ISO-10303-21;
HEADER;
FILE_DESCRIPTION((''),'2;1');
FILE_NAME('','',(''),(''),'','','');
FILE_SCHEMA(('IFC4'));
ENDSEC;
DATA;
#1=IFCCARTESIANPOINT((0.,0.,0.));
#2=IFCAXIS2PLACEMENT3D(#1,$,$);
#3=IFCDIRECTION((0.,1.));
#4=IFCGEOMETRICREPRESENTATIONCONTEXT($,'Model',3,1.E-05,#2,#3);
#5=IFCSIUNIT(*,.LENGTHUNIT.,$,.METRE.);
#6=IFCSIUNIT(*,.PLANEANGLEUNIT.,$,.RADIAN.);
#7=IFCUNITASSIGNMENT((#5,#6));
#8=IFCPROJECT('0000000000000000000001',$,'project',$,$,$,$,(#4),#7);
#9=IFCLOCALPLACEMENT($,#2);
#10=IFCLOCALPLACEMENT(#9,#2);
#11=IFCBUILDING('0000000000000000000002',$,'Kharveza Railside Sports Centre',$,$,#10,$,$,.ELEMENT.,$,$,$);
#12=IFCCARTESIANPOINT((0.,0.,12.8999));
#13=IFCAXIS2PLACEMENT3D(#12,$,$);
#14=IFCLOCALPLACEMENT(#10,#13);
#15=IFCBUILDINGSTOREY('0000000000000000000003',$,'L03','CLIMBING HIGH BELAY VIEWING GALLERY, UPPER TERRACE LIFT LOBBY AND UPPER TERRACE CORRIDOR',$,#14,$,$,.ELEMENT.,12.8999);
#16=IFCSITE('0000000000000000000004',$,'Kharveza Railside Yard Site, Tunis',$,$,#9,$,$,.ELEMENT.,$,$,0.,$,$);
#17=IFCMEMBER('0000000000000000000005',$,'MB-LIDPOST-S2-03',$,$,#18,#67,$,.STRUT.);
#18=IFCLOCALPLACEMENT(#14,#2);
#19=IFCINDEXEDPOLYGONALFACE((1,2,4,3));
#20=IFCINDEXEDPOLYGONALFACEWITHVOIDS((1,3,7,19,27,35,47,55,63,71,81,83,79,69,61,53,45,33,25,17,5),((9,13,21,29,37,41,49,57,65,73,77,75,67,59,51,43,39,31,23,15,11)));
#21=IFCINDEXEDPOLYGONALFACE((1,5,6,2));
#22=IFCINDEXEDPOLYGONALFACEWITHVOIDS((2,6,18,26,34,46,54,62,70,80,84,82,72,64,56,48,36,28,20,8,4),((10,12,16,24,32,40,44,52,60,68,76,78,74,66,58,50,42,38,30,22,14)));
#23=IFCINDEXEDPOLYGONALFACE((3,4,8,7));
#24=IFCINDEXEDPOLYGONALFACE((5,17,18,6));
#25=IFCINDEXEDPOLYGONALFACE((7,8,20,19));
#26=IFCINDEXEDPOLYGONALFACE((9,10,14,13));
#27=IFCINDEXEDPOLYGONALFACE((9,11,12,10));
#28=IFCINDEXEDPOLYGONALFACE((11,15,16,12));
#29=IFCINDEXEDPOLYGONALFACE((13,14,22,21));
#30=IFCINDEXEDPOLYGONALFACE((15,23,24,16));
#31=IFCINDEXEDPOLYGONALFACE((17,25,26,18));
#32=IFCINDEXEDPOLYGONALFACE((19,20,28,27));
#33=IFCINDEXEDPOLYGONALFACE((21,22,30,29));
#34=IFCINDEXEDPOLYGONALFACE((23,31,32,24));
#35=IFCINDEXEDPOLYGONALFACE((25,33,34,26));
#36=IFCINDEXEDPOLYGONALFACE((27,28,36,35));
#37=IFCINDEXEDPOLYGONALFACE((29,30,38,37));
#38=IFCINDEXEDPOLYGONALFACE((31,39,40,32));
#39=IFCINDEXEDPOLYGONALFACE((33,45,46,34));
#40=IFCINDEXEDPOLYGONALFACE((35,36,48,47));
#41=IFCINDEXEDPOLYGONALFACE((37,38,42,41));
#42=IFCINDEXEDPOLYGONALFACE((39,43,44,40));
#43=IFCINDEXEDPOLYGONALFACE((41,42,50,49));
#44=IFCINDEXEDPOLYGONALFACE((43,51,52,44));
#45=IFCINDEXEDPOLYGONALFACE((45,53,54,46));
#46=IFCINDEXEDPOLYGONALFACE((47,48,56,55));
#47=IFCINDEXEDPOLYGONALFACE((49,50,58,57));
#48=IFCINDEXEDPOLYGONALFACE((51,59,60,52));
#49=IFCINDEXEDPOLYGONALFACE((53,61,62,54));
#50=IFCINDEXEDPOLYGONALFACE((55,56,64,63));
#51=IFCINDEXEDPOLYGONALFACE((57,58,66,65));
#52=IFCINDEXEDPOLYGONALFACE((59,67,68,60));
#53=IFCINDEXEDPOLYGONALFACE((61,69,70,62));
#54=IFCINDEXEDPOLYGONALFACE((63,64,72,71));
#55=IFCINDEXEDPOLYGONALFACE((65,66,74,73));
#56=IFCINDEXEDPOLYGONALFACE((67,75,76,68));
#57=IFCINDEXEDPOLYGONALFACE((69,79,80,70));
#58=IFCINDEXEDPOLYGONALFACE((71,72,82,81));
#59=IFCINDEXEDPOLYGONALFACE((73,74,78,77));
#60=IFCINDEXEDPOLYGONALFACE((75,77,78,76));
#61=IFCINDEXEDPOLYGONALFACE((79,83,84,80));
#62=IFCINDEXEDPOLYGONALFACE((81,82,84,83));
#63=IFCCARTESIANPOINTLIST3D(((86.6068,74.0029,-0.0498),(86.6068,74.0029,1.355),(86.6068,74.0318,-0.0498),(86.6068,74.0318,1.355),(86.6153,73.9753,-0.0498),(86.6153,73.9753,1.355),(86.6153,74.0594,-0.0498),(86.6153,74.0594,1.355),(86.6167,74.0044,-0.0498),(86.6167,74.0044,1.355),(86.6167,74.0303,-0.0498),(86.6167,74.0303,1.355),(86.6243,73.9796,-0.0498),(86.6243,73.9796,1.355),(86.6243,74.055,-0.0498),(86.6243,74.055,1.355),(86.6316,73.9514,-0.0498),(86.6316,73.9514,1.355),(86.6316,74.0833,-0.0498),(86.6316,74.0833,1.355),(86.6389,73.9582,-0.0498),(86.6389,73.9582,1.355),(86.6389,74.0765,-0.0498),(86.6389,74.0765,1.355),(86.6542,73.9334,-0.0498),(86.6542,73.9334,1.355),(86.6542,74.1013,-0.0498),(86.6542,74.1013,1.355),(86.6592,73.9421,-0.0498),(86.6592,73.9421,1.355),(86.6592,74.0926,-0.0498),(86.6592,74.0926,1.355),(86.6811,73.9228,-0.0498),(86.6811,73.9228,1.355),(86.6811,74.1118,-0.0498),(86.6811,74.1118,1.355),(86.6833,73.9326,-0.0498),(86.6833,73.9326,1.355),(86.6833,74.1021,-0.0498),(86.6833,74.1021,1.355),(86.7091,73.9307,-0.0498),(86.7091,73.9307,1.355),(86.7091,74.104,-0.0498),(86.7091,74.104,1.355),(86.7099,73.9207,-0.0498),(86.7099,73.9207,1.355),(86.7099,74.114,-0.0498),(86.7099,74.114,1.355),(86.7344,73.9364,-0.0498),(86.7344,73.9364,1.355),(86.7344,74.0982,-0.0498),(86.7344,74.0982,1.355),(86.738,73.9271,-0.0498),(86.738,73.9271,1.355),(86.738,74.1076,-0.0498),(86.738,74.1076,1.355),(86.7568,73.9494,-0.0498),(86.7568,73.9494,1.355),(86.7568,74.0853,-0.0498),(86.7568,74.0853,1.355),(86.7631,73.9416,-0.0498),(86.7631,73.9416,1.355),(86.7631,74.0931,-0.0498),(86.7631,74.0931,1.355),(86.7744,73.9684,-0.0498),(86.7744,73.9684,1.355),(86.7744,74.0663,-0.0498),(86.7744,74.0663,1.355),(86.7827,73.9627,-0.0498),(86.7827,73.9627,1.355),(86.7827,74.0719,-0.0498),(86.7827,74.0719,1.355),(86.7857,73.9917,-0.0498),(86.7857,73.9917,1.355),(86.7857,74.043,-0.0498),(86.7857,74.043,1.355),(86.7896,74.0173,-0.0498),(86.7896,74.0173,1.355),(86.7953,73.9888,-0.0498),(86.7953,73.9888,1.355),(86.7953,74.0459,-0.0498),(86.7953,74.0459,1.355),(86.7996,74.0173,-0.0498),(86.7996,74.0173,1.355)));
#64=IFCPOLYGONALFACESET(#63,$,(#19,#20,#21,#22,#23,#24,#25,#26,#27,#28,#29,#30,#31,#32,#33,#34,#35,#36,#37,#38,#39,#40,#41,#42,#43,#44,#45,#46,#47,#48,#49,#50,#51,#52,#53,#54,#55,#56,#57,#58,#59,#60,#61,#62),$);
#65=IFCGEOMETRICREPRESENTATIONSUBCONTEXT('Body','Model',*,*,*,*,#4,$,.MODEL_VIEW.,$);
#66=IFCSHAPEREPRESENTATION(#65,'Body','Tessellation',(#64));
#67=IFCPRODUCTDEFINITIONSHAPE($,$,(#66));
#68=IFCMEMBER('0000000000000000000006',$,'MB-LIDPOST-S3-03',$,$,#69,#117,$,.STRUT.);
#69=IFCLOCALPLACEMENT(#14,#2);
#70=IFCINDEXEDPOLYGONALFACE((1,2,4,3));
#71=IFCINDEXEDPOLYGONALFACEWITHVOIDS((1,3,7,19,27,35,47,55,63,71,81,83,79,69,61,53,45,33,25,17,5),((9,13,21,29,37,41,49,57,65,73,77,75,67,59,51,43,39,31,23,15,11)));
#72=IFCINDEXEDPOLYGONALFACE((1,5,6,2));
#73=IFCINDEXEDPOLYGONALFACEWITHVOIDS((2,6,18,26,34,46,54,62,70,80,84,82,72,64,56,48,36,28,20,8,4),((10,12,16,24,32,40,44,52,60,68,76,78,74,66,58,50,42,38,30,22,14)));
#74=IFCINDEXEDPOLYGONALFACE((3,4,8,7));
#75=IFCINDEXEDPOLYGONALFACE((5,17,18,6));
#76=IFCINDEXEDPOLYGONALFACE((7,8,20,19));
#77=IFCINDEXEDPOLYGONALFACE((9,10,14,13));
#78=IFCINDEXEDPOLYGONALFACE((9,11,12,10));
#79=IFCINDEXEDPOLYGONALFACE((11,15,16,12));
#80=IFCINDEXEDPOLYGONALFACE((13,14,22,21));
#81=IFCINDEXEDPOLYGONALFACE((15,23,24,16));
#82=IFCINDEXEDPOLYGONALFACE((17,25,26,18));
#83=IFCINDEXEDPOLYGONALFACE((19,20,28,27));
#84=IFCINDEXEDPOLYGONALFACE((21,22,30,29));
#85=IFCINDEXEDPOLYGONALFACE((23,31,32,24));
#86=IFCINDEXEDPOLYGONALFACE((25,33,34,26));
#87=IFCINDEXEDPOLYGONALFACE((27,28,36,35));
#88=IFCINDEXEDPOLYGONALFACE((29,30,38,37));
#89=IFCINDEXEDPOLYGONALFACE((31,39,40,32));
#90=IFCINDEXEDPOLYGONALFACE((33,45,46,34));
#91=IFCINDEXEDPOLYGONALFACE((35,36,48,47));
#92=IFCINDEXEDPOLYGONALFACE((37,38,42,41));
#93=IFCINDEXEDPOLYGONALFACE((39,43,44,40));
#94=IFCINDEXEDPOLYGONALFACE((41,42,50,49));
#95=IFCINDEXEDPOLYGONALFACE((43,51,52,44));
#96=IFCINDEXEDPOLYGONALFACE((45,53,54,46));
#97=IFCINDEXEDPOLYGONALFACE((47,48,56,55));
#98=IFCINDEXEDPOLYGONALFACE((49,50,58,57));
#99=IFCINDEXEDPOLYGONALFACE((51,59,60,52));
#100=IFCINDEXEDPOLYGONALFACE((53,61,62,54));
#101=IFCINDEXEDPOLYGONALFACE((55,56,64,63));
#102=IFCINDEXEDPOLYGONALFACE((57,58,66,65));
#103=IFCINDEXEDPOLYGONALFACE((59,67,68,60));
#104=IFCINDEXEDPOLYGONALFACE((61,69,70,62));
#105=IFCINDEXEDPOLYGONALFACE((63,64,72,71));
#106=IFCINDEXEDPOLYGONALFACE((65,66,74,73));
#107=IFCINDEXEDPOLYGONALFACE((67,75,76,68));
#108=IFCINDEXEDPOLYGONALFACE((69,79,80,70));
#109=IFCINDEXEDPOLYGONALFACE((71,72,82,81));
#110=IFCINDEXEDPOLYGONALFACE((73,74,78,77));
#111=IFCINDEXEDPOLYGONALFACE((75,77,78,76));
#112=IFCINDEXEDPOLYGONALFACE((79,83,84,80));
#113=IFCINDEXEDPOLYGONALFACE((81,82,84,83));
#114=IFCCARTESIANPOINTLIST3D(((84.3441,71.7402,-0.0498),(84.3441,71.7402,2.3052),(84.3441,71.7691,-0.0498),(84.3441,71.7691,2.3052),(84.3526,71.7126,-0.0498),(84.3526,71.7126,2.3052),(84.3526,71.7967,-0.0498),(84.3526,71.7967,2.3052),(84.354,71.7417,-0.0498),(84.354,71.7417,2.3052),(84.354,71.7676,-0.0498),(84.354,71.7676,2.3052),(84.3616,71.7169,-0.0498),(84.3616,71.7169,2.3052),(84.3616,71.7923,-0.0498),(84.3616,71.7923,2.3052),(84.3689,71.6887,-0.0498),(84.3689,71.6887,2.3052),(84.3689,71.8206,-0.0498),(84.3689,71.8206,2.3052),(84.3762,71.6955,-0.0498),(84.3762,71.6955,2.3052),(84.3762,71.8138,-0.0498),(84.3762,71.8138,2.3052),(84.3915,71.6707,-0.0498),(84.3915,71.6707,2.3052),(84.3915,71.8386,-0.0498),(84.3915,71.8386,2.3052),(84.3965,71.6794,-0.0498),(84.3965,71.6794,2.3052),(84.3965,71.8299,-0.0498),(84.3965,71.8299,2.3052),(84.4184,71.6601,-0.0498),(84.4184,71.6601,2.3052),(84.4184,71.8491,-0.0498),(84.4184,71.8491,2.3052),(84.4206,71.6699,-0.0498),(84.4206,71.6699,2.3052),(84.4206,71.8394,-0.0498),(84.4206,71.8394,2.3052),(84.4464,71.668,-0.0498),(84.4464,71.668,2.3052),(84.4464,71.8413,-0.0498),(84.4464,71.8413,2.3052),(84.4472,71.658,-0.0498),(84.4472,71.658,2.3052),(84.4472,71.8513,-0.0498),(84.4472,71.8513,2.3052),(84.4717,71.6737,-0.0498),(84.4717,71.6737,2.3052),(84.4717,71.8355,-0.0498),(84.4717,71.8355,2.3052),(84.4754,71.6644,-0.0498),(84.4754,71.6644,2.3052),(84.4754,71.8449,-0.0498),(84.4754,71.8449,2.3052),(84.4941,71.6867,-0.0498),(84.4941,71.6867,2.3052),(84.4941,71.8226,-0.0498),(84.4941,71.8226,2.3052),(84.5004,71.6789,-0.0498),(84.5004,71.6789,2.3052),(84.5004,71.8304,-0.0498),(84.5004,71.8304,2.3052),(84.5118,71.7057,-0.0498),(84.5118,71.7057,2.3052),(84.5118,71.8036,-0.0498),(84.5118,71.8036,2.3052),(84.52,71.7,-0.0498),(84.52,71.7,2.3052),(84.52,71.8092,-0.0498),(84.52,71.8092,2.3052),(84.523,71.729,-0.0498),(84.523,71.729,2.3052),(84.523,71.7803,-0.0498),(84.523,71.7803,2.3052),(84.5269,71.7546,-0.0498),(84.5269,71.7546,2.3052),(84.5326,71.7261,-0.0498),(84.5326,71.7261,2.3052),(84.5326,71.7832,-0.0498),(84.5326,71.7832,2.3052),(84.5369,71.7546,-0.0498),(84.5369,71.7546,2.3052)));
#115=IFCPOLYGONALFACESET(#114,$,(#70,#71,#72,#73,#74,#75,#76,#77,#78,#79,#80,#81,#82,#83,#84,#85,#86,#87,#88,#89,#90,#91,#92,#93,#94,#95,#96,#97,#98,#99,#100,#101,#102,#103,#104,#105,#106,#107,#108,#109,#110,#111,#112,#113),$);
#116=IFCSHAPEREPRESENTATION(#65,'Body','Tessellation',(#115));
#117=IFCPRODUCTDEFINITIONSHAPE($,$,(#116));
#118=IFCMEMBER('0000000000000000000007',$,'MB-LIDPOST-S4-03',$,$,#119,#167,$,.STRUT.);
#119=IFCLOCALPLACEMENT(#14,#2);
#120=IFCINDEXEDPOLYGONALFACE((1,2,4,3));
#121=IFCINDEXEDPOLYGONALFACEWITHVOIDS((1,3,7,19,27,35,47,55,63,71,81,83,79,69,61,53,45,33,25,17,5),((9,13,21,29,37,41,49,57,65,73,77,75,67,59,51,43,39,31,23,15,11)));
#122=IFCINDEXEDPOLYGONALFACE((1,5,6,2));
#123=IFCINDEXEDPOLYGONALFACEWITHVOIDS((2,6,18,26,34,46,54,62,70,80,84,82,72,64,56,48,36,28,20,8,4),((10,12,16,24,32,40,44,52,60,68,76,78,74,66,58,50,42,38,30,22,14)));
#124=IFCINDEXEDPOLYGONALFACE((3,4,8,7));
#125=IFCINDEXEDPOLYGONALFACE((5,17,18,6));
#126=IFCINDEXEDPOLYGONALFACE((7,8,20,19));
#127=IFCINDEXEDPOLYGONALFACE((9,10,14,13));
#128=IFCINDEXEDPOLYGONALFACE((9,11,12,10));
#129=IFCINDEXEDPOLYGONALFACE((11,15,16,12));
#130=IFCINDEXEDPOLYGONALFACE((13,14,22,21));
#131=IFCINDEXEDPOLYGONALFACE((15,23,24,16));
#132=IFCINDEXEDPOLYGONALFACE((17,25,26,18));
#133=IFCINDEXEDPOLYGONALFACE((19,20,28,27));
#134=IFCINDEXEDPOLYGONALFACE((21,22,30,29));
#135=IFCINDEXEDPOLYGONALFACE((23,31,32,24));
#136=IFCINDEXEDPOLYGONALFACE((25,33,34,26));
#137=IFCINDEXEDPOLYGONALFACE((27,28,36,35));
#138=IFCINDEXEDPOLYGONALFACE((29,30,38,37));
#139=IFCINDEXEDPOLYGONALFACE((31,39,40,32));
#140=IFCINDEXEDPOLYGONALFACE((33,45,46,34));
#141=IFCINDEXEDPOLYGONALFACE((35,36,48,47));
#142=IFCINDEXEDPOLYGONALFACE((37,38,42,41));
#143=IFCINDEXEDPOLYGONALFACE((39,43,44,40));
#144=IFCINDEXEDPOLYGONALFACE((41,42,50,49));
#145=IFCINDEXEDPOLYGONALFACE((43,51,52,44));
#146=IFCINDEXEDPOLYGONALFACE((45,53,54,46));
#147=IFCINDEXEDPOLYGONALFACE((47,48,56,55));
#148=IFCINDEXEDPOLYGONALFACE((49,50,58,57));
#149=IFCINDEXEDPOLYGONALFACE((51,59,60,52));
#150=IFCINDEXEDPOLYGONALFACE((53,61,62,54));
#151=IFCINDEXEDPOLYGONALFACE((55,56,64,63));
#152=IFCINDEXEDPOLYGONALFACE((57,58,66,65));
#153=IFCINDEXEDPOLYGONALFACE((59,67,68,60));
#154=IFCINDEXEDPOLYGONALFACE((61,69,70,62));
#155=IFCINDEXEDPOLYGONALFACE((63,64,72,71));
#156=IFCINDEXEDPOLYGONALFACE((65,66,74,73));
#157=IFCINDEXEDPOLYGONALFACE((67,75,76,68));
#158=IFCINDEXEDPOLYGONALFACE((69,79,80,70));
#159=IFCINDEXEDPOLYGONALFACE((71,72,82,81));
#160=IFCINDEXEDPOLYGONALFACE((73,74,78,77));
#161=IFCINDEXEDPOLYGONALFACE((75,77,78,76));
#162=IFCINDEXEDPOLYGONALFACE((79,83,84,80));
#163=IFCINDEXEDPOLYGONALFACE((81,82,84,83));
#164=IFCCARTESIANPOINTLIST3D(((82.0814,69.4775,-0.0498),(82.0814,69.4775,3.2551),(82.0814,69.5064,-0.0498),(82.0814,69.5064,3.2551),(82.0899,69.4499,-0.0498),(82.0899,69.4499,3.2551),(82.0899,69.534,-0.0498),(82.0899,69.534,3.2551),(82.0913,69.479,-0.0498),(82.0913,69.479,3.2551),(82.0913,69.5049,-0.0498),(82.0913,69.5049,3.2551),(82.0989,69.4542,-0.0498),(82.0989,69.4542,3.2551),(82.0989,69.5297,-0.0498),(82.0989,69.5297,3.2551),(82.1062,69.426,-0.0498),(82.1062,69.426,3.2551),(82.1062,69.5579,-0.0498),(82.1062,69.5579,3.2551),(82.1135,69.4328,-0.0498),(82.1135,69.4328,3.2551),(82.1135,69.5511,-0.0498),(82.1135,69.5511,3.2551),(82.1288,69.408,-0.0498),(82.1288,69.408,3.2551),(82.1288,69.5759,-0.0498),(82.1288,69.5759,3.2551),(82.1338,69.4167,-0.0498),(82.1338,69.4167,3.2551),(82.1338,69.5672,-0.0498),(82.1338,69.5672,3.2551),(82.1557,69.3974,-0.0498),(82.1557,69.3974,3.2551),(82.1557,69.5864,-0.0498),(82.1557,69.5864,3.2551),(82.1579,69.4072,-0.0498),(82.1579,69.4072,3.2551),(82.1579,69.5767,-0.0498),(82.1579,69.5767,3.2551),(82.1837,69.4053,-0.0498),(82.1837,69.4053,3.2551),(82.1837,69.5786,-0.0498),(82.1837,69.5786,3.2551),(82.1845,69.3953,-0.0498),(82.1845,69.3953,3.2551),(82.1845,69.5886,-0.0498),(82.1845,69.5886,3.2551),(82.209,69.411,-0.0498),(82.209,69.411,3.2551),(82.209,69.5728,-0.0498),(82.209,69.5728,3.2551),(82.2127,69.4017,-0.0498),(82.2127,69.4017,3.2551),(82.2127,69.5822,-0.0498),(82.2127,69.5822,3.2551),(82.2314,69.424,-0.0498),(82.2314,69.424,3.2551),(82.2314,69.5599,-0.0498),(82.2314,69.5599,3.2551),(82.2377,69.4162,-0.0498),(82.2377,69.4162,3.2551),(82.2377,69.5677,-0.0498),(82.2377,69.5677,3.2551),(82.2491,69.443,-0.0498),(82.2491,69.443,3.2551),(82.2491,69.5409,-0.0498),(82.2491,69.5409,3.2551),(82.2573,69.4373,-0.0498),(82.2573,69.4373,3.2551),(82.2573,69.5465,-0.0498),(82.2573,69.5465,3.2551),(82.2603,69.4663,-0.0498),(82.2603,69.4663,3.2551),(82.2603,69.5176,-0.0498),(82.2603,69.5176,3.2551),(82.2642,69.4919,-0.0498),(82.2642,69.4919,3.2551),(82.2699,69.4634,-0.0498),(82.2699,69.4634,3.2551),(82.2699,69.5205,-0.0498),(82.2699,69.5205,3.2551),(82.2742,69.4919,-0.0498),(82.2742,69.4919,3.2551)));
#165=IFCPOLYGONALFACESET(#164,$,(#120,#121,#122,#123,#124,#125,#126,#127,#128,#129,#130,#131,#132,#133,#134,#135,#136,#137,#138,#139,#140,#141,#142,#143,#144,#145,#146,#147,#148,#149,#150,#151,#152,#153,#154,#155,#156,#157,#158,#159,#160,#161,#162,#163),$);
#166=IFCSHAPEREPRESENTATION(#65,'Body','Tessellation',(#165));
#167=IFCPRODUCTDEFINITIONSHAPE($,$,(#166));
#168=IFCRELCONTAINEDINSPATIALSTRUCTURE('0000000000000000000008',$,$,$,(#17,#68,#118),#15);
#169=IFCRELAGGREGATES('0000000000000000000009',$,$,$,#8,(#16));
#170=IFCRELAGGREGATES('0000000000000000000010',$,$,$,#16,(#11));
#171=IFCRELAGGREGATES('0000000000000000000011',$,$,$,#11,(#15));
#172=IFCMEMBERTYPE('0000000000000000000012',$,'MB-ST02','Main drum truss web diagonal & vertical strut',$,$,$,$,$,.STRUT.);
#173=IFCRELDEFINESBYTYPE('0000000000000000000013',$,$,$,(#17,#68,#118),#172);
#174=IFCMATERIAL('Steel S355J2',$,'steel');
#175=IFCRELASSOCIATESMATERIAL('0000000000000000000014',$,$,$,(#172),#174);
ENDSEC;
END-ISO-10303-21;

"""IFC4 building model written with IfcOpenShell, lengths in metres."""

from ifc_helpers import new_model, si_unit, direction, frame, origin, origin_2d, place, context, subcontext, project, spatial, hollow_circle, extrude, material, material_profile, profile_set, type_object, element, save


model = new_model("IFC4")

# Units and contexts
model_context = context("Model", 3, precision=1e-05, world=origin(), true_north=direction((0.0, 1.0)))
body_context = subcontext(model_context, "Body", "Model", "MODEL_VIEW")
ifc_project = project(units=[si_unit("LENGTHUNIT", "METRE"), si_unit("PLANEANGLEUNIT", "RADIAN")], contexts=[model_context])

# Site, building, storey
site_placement = place(None, origin())
site = spatial("IfcSite", under=ifc_project, at=site_placement, Name="Kharveza Railside Yard Site, Tunis", CompositionType="ELEMENT", RefElevation=0.0)
building_placement = place(site_placement, origin())
building = spatial("IfcBuilding", under=site, at=building_placement, Name="Kharveza Railside Sports Centre", CompositionType="ELEMENT")
storey_placement = place(building_placement, frame((0.0, 0.0, 12.8999)))
storey = spatial("IfcBuildingStorey", under=building, at=storey_placement, Name="L03", Description="CLIMBING HIGH BELAY VIEWING GALLERY, UPPER TERRACE LIFT LOBBY AND UPPER TERRACE CORRIDOR", CompositionType="ELEMENT", Elevation=12.8999)

# Shared definitions
ifc_material_1 = material(Name="Steel S355J2", Category="steel")

# Members
ifc_material_profile_1 = material_profile(ifc_material_1, hollow_circle(Radius=0.0969, WallThickness=0.01, at=origin_2d()), Name="CHS 193.7x10.0")
ifc_profile_set_1 = profile_set([ifc_material_profile_1], Name="Steel S355J2")
member_type_1 = type_object("IfcMemberType", Name="MB-ST02", Description="Main drum truss web diagonal & vertical strut", PredefinedType="STRUT", material=ifc_profile_set_1)
member_1_placement = place(storey_placement, frame((86.7026, 74.0173, -0.0498), z_axis=(0.0, 0.0, 1.0), x_axis=(1.0, 0.0, 0.0)))
element("IfcMember", 1, at=member_1_placement, inside=storey, type_object=member_type_1, Name="MB-LIDPOST-S2-03", PredefinedType="STRUT", context=body_context, shape_type="SweptSolid", body=[
    extrude(hollow_circle(Radius=0.0969, WallThickness=0.01, at=origin_2d()), origin(), (0.0, 0.0, 1.0), 1.4048),
])
member_2_placement = place(storey_placement, frame((84.4399, 71.7546, -0.0498), z_axis=(0.0, 0.0, 1.0), x_axis=(1.0, 0.0, 0.0)))
element("IfcMember", 2, at=member_2_placement, inside=storey, type_object=member_type_1, Name="MB-LIDPOST-S3-03", PredefinedType="STRUT", context=body_context, shape_type="SweptSolid", body=[
    extrude(hollow_circle(Radius=0.0969, WallThickness=0.01, at=origin_2d()), origin(), (0.0, 0.0, 1.0), 2.355),
])
member_3_placement = place(storey_placement, frame((82.1772, 69.4919, -0.0498), z_axis=(0.0, 0.0, 1.0), x_axis=(1.0, 0.0, 0.0)))
element("IfcMember", 3, at=member_3_placement, inside=storey, type_object=member_type_1, Name="MB-LIDPOST-S4-03", PredefinedType="STRUT", context=body_context, shape_type="SweptSolid", body=[
    extrude(hollow_circle(Radius=0.0969, WallThickness=0.01, at=origin_2d()), origin(), (0.0, 0.0, 1.0), 3.3049),
])

save(model, "model.ifc")
